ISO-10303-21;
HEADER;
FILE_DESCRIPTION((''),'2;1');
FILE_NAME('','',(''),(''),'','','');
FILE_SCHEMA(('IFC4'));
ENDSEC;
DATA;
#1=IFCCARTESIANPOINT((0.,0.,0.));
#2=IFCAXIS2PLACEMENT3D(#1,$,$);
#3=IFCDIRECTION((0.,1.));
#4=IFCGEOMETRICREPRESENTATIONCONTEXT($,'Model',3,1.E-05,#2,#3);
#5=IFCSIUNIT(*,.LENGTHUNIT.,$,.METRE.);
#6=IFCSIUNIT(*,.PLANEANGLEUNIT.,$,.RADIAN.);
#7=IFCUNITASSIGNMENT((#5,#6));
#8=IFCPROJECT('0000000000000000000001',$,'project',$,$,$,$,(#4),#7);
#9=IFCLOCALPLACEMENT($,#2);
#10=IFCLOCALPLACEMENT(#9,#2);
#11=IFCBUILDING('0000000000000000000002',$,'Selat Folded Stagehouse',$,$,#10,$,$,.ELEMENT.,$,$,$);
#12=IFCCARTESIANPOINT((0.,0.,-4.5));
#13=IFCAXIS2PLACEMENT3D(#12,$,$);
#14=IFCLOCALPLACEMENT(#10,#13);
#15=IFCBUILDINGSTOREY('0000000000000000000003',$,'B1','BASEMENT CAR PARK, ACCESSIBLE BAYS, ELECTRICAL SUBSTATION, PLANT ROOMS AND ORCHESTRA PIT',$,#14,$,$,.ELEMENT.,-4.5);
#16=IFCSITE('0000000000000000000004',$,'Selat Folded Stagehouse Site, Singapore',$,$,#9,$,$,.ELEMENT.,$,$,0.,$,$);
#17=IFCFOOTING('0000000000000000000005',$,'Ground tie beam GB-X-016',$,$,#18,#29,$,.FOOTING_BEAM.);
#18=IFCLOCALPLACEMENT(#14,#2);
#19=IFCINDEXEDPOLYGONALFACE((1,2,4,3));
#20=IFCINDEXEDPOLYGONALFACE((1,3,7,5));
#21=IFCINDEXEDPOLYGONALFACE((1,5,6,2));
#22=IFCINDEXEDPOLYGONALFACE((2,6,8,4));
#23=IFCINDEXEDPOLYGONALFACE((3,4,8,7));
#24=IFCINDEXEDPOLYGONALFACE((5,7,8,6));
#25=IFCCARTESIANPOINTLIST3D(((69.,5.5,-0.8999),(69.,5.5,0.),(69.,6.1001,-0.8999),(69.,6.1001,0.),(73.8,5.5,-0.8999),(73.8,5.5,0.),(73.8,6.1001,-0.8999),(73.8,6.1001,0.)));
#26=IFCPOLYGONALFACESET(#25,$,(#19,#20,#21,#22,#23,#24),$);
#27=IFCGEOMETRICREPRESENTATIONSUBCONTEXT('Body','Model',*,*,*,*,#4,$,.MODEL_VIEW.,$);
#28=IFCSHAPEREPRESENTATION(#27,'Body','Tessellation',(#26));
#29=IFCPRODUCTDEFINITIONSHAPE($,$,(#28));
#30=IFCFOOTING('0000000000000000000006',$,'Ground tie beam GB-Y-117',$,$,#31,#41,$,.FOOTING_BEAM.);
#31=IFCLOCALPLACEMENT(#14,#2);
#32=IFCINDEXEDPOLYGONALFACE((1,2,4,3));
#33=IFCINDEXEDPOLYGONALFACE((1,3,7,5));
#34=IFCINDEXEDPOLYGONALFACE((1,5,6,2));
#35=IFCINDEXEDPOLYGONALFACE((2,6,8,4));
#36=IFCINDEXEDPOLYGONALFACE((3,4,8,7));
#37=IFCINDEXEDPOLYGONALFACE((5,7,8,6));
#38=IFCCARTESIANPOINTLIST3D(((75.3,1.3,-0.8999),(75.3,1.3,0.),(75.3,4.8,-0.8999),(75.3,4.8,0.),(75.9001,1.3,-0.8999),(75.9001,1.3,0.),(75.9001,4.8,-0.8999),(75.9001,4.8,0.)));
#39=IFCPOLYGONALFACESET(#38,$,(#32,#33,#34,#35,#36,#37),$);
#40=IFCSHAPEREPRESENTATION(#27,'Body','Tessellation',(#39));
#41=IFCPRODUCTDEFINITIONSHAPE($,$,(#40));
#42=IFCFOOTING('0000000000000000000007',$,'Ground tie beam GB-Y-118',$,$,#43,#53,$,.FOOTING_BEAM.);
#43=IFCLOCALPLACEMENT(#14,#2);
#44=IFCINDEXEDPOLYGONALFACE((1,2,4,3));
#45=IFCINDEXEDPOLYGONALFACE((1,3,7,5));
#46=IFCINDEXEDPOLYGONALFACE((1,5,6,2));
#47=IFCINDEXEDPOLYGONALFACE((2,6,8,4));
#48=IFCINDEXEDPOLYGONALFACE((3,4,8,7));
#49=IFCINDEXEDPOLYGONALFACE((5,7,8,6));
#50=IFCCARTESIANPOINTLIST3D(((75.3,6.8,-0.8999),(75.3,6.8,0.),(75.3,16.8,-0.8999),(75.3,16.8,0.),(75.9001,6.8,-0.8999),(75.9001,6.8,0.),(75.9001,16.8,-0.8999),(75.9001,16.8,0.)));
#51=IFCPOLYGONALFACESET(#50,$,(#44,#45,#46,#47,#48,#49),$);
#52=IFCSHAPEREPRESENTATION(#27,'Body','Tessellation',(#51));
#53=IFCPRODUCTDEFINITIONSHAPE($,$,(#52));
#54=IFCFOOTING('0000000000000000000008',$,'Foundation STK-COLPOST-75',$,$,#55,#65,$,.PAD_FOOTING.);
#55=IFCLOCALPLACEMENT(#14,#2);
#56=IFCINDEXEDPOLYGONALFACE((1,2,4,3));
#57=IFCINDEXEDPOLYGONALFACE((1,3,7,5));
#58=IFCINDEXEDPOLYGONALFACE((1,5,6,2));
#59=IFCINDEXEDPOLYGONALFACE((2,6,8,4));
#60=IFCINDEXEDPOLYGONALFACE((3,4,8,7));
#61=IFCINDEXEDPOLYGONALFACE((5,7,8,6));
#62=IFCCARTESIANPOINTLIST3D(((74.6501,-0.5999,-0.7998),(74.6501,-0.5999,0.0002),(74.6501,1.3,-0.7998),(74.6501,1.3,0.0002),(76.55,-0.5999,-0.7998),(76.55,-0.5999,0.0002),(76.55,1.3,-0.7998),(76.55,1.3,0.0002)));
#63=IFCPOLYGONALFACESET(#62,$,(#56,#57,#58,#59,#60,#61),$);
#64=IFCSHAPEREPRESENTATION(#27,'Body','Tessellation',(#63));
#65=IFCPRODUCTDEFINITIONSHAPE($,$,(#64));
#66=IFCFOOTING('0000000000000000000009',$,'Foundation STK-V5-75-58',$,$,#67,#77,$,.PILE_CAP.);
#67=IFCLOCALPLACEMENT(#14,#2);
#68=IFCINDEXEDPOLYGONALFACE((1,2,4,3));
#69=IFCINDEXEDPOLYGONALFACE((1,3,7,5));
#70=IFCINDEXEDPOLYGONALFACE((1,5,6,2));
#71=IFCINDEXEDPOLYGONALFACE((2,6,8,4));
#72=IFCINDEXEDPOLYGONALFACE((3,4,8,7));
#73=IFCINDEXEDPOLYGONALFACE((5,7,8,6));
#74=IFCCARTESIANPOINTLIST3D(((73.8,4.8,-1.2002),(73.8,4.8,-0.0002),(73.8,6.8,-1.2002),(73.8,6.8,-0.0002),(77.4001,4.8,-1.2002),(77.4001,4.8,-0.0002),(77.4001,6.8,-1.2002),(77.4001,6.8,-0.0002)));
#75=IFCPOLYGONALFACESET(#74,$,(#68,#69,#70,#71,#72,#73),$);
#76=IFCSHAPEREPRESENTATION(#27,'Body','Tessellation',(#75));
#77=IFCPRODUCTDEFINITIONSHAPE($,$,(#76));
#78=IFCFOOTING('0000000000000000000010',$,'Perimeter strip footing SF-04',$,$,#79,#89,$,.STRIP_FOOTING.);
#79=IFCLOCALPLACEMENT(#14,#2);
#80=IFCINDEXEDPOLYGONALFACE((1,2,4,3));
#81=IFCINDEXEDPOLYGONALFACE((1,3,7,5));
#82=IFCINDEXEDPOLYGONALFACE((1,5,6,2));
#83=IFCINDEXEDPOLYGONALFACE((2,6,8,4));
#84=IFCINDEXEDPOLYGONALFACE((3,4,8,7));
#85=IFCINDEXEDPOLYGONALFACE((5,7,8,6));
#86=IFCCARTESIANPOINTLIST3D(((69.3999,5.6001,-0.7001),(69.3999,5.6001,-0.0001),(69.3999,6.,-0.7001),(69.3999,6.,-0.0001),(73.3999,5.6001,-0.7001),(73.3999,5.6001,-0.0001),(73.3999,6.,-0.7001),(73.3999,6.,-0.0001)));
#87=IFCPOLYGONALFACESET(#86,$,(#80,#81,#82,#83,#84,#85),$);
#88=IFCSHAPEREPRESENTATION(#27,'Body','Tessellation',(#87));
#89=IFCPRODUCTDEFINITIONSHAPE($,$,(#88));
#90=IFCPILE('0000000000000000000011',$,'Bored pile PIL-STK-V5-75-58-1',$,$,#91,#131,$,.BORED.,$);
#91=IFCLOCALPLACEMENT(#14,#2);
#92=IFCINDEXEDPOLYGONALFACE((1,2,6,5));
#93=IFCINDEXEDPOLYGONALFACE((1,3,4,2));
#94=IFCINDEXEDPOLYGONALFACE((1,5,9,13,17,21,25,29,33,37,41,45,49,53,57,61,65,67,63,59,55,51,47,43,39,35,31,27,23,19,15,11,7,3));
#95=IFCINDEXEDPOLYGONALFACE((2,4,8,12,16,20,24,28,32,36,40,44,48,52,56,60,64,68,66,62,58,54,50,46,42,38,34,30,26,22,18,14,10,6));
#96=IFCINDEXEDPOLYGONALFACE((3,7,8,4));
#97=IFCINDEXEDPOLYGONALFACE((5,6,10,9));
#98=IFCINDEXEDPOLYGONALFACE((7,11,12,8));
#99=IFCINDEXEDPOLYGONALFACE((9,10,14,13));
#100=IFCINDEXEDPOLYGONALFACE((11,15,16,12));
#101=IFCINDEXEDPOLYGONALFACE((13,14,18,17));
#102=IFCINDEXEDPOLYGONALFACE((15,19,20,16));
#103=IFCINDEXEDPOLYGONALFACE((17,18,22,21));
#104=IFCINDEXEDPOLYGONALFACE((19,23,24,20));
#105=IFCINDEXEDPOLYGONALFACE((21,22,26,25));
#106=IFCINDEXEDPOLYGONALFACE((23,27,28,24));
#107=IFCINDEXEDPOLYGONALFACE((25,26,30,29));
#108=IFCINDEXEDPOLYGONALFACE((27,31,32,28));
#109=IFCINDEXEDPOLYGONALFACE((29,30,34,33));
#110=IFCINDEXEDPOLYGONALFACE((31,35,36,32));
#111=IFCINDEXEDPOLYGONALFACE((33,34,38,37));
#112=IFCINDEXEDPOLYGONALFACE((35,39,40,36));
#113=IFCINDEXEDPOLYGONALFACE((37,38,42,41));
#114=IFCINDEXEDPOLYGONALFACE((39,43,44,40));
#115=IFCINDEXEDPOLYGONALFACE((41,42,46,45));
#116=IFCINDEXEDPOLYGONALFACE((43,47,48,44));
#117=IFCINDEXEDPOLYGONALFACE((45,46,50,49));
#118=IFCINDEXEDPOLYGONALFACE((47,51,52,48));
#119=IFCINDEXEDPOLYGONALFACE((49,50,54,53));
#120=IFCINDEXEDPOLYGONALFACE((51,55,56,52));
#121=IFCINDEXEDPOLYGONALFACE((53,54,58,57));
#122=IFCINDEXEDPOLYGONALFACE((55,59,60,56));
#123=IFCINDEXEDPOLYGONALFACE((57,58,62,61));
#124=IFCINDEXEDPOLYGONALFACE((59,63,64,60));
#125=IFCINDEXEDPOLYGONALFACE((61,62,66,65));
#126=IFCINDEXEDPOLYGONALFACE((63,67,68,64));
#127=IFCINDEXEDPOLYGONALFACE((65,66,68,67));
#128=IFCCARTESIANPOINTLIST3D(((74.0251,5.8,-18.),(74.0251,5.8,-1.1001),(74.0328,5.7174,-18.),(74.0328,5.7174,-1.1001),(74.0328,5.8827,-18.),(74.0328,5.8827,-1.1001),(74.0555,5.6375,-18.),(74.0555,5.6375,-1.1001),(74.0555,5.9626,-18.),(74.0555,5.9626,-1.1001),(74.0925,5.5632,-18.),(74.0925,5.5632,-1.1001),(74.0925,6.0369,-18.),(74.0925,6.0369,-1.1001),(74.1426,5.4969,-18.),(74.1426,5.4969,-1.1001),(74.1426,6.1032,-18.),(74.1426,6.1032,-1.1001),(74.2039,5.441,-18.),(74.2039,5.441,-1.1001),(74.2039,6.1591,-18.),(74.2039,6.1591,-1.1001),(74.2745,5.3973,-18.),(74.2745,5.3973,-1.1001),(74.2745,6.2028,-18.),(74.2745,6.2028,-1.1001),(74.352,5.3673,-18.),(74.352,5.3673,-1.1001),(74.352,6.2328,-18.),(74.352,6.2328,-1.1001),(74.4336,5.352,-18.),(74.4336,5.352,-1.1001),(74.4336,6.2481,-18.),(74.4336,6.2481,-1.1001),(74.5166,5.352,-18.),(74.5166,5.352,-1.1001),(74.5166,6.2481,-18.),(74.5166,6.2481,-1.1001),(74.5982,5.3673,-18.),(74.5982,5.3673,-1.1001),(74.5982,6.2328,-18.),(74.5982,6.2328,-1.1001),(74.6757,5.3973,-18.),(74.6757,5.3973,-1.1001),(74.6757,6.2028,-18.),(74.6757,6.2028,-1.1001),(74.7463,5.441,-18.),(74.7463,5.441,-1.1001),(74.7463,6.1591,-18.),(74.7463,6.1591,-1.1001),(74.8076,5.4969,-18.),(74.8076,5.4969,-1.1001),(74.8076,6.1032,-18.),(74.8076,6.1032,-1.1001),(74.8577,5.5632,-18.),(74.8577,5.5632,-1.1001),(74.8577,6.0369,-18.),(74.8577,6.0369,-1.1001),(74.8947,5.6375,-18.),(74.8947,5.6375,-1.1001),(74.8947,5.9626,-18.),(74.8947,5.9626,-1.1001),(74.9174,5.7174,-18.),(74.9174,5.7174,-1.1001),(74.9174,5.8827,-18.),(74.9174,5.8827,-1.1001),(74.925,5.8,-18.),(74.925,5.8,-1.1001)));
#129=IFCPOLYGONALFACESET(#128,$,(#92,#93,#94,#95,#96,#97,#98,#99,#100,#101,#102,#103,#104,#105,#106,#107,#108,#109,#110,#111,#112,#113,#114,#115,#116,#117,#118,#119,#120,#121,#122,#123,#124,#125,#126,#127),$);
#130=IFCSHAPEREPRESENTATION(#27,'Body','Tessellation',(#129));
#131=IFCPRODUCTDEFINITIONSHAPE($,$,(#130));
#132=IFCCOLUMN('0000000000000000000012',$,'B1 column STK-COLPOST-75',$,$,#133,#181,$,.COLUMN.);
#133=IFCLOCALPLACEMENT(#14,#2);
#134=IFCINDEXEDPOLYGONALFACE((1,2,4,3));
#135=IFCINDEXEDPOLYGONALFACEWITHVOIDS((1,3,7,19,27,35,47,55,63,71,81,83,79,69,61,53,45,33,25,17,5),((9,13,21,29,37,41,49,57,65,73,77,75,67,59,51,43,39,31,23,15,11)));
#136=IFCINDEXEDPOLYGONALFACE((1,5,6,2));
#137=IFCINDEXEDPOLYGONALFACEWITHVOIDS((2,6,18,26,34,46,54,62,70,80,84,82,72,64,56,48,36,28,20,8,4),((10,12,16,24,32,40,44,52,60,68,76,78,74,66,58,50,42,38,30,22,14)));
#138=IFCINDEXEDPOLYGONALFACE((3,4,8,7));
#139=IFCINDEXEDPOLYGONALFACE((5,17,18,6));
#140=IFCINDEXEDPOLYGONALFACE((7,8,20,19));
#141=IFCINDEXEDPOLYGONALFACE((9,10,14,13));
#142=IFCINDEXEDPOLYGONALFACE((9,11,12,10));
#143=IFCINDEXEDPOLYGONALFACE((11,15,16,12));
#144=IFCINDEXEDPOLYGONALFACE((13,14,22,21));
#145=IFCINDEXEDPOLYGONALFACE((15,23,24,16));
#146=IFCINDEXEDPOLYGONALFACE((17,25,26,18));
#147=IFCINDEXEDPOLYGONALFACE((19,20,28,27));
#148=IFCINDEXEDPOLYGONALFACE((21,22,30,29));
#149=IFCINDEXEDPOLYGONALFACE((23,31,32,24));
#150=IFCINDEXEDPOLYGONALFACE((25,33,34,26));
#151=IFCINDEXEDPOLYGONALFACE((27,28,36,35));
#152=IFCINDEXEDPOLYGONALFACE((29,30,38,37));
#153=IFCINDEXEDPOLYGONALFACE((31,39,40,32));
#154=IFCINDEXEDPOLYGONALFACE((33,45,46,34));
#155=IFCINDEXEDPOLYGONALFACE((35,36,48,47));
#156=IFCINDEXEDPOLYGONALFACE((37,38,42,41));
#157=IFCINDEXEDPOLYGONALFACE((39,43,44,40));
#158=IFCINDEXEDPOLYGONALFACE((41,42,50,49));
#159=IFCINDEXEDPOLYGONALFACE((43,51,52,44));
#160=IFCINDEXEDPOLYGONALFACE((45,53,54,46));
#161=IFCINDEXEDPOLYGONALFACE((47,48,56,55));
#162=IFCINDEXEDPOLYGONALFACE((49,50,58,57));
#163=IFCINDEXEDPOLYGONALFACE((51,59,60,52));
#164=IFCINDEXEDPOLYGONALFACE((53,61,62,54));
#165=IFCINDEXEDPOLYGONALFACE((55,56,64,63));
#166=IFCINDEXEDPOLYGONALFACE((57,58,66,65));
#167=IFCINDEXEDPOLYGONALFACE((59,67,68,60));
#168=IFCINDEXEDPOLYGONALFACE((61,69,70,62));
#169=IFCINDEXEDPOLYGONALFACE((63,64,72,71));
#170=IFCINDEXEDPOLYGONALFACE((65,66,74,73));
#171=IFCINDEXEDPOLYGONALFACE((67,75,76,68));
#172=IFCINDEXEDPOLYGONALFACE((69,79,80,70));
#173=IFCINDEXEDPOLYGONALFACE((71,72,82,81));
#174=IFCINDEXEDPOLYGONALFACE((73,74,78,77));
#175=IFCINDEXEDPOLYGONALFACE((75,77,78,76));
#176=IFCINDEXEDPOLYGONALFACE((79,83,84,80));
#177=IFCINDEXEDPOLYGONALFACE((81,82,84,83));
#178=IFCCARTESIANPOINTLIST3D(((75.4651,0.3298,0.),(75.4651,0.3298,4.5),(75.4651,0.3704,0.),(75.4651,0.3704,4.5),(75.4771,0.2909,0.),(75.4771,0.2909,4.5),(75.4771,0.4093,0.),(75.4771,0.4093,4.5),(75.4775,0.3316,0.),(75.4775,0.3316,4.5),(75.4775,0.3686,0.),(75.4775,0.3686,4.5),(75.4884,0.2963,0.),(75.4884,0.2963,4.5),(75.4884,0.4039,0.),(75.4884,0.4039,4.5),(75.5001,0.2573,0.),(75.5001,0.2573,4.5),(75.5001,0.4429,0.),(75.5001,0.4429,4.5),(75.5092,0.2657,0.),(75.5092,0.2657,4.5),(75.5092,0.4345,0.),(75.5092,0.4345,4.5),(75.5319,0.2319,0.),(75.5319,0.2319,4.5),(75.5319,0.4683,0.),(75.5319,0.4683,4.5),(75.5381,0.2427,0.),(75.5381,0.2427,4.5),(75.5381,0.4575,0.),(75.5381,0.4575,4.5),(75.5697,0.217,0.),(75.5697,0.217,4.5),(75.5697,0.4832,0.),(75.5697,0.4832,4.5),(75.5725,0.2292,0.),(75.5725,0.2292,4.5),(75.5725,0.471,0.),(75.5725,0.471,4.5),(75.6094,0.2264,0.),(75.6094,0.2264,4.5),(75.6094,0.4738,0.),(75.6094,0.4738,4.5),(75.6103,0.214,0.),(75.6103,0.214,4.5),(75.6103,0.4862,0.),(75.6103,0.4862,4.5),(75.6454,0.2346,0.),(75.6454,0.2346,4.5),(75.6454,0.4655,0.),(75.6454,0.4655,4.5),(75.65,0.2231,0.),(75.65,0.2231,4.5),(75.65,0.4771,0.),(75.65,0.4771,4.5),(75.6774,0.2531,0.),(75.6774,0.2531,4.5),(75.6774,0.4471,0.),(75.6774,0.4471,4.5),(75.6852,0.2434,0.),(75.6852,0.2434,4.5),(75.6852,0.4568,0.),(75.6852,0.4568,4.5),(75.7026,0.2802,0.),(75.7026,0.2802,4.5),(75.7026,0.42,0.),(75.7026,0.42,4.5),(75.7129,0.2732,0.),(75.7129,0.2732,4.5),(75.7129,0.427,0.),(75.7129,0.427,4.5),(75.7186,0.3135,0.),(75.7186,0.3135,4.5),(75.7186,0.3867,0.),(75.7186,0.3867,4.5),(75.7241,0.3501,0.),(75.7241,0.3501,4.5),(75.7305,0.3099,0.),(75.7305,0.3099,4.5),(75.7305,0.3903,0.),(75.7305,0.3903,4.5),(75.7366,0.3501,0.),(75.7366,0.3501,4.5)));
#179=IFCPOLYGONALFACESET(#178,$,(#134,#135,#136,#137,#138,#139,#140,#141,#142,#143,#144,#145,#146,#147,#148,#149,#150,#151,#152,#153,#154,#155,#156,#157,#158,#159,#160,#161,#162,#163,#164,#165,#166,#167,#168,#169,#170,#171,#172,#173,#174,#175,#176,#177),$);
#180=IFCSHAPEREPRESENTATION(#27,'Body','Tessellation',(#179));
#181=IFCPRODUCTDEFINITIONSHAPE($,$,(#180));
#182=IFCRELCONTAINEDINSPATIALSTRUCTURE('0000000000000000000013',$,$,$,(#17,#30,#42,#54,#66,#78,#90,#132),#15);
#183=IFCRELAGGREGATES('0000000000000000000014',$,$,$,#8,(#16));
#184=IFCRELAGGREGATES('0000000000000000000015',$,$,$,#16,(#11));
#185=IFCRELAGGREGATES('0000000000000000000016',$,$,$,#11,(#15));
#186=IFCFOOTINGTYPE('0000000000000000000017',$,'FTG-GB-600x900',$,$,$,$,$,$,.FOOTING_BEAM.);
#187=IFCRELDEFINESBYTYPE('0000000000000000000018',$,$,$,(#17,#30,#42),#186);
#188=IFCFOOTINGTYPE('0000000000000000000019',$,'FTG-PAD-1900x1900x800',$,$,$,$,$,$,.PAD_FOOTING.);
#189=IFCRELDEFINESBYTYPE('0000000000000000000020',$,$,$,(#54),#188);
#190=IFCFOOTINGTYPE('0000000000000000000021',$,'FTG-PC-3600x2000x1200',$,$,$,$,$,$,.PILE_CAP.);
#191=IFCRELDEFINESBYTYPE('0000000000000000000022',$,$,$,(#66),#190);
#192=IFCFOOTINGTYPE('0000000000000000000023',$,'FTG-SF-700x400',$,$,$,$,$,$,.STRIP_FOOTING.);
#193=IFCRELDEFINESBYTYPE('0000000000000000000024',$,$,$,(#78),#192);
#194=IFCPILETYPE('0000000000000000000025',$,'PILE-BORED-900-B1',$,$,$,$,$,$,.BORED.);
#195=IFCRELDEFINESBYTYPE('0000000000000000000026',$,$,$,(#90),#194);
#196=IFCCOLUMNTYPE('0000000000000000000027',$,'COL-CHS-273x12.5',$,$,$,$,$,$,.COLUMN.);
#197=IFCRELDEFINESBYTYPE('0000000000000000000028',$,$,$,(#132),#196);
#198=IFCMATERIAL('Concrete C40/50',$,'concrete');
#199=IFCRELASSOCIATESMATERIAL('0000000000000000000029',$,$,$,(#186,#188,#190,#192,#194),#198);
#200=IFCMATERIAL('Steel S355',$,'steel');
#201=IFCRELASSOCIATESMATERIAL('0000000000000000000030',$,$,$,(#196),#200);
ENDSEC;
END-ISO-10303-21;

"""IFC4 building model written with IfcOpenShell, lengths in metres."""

from ifc_helpers import new_model, si_unit, direction, frame, origin, origin_2d, place, context, subcontext, project, spatial, rectangle, circle, hollow_circle, extrude, material, material_profile, profile_set, type_object, element, save


model = new_model("IFC4")

# Units and contexts
model_context = context("Model", 3, precision=1e-05, world=origin(), true_north=direction((0.0, 1.0)))
body_context = subcontext(model_context, "Body", "Model", "MODEL_VIEW")
ifc_project = project(units=[si_unit("LENGTHUNIT", "METRE"), si_unit("PLANEANGLEUNIT", "RADIAN")], contexts=[model_context])

# Site, building, storey
site_placement = place(None, origin())
site = spatial("IfcSite", under=ifc_project, at=site_placement, Name="Selat Folded Stagehouse Site, Singapore", CompositionType="ELEMENT", RefElevation=0.0)
building_placement = place(site_placement, origin())
building = spatial("IfcBuilding", under=site, at=building_placement, Name="Selat Folded Stagehouse", CompositionType="ELEMENT")
storey_placement = place(building_placement, frame((0.0, 0.0, -4.5)))
storey = spatial("IfcBuildingStorey", under=building, at=storey_placement, Name="B1", Description="BASEMENT CAR PARK, ACCESSIBLE BAYS, ELECTRICAL SUBSTATION, PLANT ROOMS AND ORCHESTRA PIT", CompositionType="ELEMENT", Elevation=-4.5)

# Footings
ifc_material_1 = material(Name="Concrete C40/50", Category="concrete")
ifc_material_profile_1 = material_profile(ifc_material_1, rectangle(XDim=0.6001, YDim=0.8999, at=origin_2d()), Name="RC 900x600")
ifc_profile_set_1 = profile_set([ifc_material_profile_1], Name="Concrete C40/50")
footing_type_1 = type_object("IfcFootingType", Name="FTG-GB-600x900", PredefinedType="FOOTING_BEAM", material=ifc_profile_set_1)
footing_1_placement = place(storey_placement, frame((69.0, 5.8, -0.45), z_axis=(1.0, 0.0, 0.0), x_axis=(0.0, 1.0, 0.0)))
element("IfcFooting", 1, at=footing_1_placement, inside=storey, type_object=footing_type_1, Name="Ground tie beam GB-X-016", PredefinedType="FOOTING_BEAM", context=body_context, shape_type="SweptSolid", body=[
    extrude(rectangle(XDim=0.6001, YDim=0.8999, at=origin_2d()), origin(), (0.0, 0.0, 1.0), 4.8),
])
footing_2_placement = place(storey_placement, frame((75.6001, 1.3, -0.45), z_axis=(0.0, 1.0, 0.0), x_axis=(-1.0, 0.0, 0.0)))
element("IfcFooting", 2, at=footing_2_placement, inside=storey, type_object=footing_type_1, Name="Ground tie beam GB-Y-117", PredefinedType="FOOTING_BEAM", context=body_context, shape_type="SweptSolid", body=[
    extrude(rectangle(XDim=0.6001, YDim=0.8999, at=origin_2d()), origin(), (0.0, 0.0, 1.0), 3.5),
])
footing_3_placement = place(storey_placement, frame((75.6001, 6.8, -0.45), z_axis=(0.0, 1.0, 0.0), x_axis=(-1.0, 0.0, 0.0)))
element("IfcFooting", 3, at=footing_3_placement, inside=storey, type_object=footing_type_1, Name="Ground tie beam GB-Y-118", PredefinedType="FOOTING_BEAM", context=body_context, shape_type="SweptSolid", body=[
    extrude(rectangle(XDim=0.6001, YDim=0.8999, at=origin_2d()), origin(), (0.0, 0.0, 1.0), 10.0),
])
footing_type_2 = type_object("IfcFootingType", Name="FTG-PAD-1900x1900x800", PredefinedType="PAD_FOOTING", material=ifc_material_1)
footing_4_placement = place(storey_placement, frame((75.6001, 0.3501, -0.7998), z_axis=(0.0, 0.0, 1.0), x_axis=(1.0, 0.0, 0.0)))
element("IfcFooting", 4, at=footing_4_placement, inside=storey, type_object=footing_type_2, Name="Foundation STK-COLPOST-75", PredefinedType="PAD_FOOTING", context=body_context, shape_type="SweptSolid", body=[
    extrude(rectangle(XDim=1.8999, YDim=1.8999, at=origin_2d()), origin(), (0.0, 0.0, 1.0), 0.8),
])
footing_type_3 = type_object("IfcFootingType", Name="FTG-PC-3600x2000x1200", PredefinedType="PILE_CAP", material=ifc_material_1)
footing_5_placement = place(storey_placement, frame((75.6001, 5.8, -1.2002), z_axis=(0.0, 0.0, 1.0), x_axis=(1.0, 0.0, 0.0)))
element("IfcFooting", 5, at=footing_5_placement, inside=storey, type_object=footing_type_3, Name="Foundation STK-V5-75-58", PredefinedType="PILE_CAP", context=body_context, shape_type="SweptSolid", body=[
    extrude(rectangle(XDim=3.6001, YDim=2.0, at=origin_2d()), origin(), (0.0, 0.0, 1.0), 1.2),
])
ifc_material_profile_2 = material_profile(ifc_material_1, rectangle(XDim=0.3999, YDim=0.7, at=origin_2d()), Name="RC 700x400")
ifc_profile_set_2 = profile_set([ifc_material_profile_2], Name="Concrete C40/50")
footing_type_4 = type_object("IfcFootingType", Name="FTG-SF-700x400", PredefinedType="STRIP_FOOTING", material=ifc_profile_set_2)
footing_6_placement = place(storey_placement, frame((69.3999, 5.8, -0.3501), z_axis=(1.0, 0.0, 0.0), x_axis=(0.0, 1.0, 0.0)))
element("IfcFooting", 6, at=footing_6_placement, inside=storey, type_object=footing_type_4, Name="Perimeter strip footing SF-04", PredefinedType="STRIP_FOOTING", context=body_context, shape_type="SweptSolid", body=[
    extrude(rectangle(XDim=0.3999, YDim=0.7, at=origin_2d()), origin(), (0.0, 0.0, 1.0), 4.0),
])

# Pile
ifc_material_profile_3 = material_profile(ifc_material_1, circle(Radius=0.45, at=origin_2d()), Name="PILE D900")
ifc_profile_set_3 = profile_set([ifc_material_profile_3], Name="Concrete C40/50")
pile_type = type_object("IfcPileType", Name="PILE-BORED-900-B1", PredefinedType="BORED", material=ifc_profile_set_3)
pile_placement = place(storey_placement, frame((74.4751, 5.8, -1.1001), z_axis=(0.0, 0.0, -1.0), x_axis=(1.0, 0.0, 0.0)))
element("IfcPile", 7, at=pile_placement, inside=storey, type_object=pile_type, Name="Bored pile PIL-STK-V5-75-58-1", PredefinedType="BORED", context=body_context, shape_type="SweptSolid", body=[
    extrude(circle(Radius=0.45, at=origin_2d()), origin(), (0.0, 0.0, 1.0), 16.8999),
])

# Column
ifc_material_2 = material(Name="Steel S355", Category="steel")
ifc_material_profile_4 = material_profile(ifc_material_2, hollow_circle(Radius=0.1365, WallThickness=0.0125, at=origin_2d()), Name="CHS 273.0x12.5")
ifc_profile_set_4 = profile_set([ifc_material_profile_4], Name="Steel S355")
column_type_1 = type_object("IfcColumnType", Name="COL-CHS-273x12.5", PredefinedType="COLUMN", material=ifc_profile_set_4)
column_1_placement = place(storey_placement, frame((75.6001, 0.3501, 0.0), z_axis=(0.0, 0.0, 1.0), x_axis=(1.0, 0.0, 0.0)))
element("IfcColumn", 8, at=column_1_placement, inside=storey, type_object=column_type_1, Name="B1 column STK-COLPOST-75", PredefinedType="COLUMN", context=body_context, shape_type="SweptSolid", body=[
    extrude(hollow_circle(Radius=0.1365, WallThickness=0.0125, at=origin_2d()), origin(), (0.0, 0.0, 1.0), 4.5),
])

save(model, "model.ifc")
